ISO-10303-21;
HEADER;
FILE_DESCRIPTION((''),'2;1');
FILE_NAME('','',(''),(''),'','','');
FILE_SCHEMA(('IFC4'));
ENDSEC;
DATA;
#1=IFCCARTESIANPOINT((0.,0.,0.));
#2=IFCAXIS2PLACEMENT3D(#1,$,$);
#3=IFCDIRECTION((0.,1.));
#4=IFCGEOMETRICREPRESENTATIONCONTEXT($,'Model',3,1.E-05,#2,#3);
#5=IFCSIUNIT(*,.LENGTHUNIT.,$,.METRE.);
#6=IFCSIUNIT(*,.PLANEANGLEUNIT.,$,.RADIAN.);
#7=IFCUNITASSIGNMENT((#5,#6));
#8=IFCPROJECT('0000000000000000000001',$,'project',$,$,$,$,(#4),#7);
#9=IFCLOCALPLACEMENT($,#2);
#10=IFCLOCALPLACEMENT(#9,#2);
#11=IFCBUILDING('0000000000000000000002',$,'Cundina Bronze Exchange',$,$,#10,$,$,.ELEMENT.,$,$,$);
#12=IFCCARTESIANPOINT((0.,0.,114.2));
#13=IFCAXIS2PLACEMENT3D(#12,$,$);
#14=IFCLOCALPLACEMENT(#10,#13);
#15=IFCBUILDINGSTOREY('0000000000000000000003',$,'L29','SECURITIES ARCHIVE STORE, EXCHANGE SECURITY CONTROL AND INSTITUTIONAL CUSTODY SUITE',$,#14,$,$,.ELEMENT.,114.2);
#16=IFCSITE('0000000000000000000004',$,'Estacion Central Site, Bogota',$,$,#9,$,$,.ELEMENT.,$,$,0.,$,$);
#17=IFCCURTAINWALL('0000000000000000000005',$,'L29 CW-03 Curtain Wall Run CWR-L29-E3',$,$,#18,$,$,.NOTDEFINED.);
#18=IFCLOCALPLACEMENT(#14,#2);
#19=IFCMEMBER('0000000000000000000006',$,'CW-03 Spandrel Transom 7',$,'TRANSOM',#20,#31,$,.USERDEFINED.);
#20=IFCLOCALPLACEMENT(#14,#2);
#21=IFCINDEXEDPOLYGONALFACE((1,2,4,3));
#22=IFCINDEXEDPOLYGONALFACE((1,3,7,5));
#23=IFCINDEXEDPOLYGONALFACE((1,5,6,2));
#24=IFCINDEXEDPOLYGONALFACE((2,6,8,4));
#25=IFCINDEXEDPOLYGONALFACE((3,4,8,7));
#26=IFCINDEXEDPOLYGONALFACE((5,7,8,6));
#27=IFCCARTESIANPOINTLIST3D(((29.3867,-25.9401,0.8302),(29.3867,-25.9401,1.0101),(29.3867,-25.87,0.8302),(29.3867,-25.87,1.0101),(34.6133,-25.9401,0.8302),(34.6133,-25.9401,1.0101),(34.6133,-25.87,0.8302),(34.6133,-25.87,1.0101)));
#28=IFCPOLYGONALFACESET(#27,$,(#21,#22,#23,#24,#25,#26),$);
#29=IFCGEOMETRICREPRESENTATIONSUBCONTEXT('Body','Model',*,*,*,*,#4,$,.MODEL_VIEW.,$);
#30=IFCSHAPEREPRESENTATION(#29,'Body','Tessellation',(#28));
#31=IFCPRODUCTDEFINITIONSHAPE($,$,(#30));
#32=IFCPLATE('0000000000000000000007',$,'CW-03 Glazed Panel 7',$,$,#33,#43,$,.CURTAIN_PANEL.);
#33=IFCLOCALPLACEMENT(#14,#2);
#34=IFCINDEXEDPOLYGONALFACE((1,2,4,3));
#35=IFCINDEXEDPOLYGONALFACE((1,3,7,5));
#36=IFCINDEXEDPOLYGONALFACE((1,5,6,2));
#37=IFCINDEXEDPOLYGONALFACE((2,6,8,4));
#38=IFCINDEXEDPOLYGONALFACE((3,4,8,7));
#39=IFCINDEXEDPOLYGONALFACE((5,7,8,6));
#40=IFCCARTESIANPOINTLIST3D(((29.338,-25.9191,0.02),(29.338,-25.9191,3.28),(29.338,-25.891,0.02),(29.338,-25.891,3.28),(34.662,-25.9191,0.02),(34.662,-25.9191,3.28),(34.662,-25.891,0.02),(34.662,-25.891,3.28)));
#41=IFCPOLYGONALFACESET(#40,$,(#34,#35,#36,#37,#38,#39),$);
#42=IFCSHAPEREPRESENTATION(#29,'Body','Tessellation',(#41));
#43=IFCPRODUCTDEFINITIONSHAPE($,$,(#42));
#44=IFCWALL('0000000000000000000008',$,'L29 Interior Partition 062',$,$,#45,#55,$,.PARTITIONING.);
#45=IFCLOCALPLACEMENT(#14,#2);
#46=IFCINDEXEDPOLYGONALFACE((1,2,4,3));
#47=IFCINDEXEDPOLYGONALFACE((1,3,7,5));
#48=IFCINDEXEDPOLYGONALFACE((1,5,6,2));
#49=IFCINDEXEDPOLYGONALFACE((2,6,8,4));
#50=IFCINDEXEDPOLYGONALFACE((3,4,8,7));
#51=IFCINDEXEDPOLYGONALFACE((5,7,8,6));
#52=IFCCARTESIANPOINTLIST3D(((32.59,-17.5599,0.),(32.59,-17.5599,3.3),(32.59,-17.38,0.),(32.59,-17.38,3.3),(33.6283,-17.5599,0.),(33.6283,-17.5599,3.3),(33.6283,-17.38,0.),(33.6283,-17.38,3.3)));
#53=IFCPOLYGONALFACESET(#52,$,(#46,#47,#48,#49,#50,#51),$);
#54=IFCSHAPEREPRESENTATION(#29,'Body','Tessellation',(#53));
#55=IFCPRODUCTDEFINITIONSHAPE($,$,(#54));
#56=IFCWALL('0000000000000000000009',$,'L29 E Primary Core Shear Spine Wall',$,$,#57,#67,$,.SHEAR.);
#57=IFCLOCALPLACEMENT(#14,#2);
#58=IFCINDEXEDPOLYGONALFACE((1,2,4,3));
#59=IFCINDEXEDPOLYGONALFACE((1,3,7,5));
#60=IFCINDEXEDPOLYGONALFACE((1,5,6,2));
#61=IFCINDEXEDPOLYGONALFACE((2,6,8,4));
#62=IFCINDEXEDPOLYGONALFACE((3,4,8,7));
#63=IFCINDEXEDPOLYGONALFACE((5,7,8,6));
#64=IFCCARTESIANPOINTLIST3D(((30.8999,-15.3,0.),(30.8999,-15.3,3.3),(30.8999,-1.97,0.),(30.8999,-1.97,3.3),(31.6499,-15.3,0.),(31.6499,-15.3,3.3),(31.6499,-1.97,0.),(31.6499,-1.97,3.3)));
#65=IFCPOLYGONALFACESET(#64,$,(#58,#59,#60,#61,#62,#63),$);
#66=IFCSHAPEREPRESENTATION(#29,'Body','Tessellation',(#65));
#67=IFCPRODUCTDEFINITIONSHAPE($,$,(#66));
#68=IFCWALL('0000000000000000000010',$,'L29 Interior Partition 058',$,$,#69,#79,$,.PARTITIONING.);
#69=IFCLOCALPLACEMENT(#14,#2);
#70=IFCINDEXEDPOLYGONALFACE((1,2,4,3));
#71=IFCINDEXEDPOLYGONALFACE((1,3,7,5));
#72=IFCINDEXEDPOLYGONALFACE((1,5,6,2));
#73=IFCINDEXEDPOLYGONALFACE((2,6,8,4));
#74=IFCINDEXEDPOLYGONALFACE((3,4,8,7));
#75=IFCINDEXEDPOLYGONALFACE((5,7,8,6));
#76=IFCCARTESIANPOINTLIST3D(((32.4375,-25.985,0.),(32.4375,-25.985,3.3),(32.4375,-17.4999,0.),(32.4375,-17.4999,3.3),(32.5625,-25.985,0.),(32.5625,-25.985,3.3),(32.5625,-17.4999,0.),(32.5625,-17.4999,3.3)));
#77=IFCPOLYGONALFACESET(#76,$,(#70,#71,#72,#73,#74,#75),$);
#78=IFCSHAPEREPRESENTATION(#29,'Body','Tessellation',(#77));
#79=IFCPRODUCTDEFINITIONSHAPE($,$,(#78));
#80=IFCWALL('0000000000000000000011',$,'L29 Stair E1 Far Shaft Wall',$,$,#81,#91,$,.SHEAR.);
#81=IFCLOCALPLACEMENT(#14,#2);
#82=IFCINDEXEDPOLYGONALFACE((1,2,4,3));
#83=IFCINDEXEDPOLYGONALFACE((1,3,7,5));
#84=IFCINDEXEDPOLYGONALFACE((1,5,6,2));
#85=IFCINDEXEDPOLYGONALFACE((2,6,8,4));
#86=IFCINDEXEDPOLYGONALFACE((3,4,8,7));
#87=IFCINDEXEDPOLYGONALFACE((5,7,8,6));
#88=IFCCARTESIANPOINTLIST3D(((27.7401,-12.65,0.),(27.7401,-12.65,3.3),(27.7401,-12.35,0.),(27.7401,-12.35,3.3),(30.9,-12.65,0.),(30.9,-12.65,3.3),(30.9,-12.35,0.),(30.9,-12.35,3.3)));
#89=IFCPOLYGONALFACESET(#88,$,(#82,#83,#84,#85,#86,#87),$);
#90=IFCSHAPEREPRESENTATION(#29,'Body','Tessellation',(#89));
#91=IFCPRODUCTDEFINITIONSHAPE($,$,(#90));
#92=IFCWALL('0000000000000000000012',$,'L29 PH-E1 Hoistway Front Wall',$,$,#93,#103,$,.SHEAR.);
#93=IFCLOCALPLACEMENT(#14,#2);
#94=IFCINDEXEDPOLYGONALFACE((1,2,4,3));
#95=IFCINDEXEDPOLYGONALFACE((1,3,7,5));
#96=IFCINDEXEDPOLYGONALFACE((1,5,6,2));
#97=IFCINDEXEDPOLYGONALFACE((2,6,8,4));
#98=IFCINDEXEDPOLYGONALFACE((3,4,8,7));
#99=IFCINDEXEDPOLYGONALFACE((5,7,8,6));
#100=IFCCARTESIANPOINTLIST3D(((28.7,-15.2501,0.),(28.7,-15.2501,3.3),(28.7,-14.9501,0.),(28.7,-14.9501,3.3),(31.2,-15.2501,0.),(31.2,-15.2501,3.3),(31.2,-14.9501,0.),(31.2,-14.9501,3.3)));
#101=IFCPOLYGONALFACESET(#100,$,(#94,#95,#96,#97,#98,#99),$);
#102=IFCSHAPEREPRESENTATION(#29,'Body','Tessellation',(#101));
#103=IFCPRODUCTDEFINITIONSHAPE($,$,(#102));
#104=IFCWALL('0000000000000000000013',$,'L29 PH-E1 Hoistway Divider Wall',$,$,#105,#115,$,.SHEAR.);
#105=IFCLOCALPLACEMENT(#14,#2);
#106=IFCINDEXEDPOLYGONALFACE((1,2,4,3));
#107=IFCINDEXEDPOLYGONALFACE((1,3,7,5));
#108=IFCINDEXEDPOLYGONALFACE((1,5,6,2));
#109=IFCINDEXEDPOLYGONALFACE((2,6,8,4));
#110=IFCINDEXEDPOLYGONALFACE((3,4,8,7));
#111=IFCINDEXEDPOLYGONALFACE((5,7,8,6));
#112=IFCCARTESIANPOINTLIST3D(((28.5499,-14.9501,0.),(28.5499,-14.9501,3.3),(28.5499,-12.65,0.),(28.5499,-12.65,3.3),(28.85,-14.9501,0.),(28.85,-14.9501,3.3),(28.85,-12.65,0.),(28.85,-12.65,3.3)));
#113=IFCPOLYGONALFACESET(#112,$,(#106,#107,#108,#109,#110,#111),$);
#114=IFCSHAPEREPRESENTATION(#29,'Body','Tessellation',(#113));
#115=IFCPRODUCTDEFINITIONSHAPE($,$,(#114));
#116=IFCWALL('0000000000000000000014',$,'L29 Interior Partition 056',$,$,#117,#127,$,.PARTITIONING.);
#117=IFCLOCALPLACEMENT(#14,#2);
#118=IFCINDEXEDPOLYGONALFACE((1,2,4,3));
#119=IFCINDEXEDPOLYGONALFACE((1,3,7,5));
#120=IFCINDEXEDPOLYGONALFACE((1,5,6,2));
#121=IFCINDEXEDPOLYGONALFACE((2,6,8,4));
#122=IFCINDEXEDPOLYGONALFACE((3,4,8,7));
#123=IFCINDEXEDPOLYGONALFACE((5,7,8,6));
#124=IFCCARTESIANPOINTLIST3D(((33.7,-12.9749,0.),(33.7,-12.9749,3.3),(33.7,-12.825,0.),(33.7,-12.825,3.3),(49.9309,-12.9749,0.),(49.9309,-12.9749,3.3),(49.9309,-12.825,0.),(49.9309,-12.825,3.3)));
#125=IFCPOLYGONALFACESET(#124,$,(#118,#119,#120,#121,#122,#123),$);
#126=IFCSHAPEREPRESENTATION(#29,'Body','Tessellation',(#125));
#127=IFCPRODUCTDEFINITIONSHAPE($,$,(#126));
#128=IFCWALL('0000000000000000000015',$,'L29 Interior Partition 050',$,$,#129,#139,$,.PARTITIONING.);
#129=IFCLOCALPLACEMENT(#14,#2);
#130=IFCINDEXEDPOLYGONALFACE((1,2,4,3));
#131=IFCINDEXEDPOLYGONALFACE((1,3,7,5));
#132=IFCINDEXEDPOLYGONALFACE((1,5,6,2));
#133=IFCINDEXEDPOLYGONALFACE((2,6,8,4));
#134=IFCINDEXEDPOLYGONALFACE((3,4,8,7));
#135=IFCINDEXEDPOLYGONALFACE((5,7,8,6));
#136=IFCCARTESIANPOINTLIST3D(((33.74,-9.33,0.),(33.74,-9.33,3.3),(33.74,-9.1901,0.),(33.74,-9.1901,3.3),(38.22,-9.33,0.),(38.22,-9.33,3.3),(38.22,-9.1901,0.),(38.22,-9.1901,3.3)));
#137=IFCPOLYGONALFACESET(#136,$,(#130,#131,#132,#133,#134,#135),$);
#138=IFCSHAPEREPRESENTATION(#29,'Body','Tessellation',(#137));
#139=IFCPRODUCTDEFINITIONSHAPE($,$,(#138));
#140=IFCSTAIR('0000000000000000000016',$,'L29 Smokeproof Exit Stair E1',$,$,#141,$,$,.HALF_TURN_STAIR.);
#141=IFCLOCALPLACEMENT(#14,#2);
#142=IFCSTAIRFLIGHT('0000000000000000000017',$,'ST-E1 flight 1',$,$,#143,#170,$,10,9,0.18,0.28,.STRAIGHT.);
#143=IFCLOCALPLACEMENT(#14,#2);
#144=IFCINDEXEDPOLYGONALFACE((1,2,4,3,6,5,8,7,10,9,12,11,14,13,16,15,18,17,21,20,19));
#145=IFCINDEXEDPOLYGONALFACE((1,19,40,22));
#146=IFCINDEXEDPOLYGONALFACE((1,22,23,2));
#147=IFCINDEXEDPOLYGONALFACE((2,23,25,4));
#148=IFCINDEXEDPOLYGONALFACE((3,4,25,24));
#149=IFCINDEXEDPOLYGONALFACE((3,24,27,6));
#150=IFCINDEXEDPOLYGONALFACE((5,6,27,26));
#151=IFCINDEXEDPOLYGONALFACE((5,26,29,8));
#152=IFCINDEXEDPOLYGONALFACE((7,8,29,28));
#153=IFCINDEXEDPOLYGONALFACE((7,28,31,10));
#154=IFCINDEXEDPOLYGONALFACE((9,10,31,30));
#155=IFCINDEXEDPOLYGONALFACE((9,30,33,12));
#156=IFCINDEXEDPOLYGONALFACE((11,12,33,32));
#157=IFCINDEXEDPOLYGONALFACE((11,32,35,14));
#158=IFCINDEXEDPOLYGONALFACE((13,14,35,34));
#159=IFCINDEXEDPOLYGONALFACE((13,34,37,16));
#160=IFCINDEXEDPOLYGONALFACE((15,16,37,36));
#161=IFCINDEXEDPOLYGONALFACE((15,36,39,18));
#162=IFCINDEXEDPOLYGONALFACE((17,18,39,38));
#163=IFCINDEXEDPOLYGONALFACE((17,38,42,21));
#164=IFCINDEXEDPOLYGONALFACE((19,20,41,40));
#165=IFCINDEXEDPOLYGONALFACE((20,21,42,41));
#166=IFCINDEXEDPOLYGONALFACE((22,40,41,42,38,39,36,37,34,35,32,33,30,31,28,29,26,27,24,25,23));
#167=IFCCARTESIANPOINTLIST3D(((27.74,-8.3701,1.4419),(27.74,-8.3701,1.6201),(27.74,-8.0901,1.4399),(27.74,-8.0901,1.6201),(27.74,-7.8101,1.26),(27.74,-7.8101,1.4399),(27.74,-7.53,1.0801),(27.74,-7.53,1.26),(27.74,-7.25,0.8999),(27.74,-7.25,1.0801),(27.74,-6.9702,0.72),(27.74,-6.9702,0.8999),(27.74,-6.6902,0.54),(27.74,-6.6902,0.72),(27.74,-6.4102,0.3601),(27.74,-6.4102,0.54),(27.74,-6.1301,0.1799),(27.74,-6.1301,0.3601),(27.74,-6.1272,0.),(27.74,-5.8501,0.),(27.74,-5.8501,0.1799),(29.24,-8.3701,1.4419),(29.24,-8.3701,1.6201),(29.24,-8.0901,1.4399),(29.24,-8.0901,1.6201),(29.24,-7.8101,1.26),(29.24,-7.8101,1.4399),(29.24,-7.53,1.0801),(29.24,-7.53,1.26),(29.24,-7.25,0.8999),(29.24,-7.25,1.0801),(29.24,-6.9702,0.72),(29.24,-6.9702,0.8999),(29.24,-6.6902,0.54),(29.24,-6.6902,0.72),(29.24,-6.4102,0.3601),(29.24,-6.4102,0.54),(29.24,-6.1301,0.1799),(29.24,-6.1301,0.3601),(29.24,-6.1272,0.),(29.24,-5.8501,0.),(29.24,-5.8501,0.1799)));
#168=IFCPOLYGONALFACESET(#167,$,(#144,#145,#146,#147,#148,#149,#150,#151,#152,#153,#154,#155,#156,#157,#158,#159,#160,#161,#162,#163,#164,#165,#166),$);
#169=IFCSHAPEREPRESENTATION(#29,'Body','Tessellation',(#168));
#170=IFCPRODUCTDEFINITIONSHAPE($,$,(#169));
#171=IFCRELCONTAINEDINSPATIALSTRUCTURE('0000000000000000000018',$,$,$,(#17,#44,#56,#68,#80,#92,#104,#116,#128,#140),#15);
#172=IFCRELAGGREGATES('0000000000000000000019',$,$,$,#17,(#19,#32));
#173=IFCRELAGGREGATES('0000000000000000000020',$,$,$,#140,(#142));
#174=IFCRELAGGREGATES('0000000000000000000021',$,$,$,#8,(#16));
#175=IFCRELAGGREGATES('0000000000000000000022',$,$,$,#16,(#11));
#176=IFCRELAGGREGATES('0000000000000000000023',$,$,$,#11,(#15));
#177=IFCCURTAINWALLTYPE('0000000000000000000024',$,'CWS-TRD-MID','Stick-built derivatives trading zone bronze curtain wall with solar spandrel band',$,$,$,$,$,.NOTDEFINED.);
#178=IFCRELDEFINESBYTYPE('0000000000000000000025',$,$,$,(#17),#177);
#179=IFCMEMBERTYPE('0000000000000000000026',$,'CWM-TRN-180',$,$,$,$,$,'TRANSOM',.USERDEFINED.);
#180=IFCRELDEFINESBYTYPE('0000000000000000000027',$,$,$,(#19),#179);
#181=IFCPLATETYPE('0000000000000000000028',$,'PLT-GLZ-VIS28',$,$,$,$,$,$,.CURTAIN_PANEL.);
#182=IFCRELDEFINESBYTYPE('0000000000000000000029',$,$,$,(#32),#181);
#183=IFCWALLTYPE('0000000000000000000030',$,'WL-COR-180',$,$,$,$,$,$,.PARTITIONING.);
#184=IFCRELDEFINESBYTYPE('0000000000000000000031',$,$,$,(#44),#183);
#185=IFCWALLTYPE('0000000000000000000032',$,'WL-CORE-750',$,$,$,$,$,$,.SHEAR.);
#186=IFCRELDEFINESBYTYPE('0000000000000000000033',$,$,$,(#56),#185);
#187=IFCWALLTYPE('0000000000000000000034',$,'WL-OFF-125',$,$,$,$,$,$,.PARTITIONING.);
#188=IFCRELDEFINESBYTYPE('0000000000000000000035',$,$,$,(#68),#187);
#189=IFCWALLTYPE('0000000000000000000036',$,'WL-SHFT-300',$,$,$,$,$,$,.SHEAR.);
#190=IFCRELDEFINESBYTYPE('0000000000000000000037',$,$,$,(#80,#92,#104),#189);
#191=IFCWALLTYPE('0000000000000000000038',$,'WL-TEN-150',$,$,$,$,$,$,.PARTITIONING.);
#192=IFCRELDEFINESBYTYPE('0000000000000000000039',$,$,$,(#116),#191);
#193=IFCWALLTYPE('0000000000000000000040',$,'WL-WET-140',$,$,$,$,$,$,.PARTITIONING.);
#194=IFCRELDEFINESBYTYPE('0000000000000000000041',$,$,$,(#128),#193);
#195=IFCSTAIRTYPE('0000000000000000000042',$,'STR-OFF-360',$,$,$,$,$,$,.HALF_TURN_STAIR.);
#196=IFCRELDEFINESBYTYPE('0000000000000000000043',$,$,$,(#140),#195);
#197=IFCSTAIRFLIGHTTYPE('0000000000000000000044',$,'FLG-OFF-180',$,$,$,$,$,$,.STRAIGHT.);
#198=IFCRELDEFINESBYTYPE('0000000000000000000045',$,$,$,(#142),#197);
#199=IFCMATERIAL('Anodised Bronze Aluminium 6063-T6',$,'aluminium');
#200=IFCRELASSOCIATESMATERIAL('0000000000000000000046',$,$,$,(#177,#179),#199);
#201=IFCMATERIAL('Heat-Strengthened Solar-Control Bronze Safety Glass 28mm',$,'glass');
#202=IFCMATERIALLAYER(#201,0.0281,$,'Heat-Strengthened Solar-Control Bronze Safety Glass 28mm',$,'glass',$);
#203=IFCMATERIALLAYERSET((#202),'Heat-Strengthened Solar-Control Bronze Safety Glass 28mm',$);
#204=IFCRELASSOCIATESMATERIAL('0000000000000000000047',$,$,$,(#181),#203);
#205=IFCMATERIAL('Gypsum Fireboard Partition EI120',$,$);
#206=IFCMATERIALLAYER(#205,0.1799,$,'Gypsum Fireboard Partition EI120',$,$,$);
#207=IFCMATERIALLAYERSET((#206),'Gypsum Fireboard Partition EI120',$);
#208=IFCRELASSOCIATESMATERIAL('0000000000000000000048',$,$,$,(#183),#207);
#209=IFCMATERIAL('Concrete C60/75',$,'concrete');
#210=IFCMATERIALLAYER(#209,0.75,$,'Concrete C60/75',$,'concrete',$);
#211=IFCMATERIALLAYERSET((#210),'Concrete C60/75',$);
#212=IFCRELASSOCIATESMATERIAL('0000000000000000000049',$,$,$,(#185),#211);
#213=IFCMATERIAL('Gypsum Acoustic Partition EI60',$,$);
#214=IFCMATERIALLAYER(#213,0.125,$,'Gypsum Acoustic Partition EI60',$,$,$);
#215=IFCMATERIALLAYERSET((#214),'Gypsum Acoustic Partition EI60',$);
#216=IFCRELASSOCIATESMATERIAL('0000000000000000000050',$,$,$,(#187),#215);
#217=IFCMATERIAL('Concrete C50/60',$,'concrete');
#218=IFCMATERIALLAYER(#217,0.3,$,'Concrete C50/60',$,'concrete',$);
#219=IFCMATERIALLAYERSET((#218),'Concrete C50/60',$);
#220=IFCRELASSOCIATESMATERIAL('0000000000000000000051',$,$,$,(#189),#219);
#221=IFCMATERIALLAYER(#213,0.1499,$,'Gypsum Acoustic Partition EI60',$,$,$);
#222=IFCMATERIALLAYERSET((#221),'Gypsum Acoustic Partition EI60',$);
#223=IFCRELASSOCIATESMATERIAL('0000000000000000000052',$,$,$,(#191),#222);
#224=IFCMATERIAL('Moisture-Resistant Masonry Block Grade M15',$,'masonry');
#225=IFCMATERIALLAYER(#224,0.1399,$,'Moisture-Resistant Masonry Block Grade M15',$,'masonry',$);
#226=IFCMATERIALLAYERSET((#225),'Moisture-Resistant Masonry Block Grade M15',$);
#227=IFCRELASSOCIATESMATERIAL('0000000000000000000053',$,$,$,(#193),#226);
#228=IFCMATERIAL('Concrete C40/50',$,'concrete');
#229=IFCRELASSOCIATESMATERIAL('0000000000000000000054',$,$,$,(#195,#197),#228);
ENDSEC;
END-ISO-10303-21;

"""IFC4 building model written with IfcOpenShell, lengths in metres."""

from ifc_helpers import new_model, si_unit, direction, frame, frame_2d, origin, origin_2d, place, context, subcontext, project, spatial, polyline, rectangle, outline, extrude, material, layer, layer_set, material_profile, profile_set, type_object, element, aggregate, save


model = new_model("IFC4")

# Units and contexts
model_context = context("Model", 3, precision=1e-05, world=origin(), true_north=direction((0.0, 1.0)))
body_context = subcontext(model_context, "Body", "Model", "MODEL_VIEW")
ifc_project = project(units=[si_unit("LENGTHUNIT", "METRE"), si_unit("PLANEANGLEUNIT", "RADIAN")], contexts=[model_context])

# Site, building, storey
site_placement = place(None, origin())
site = spatial("IfcSite", under=ifc_project, at=site_placement, Name="Estacion Central Site, Bogota", CompositionType="ELEMENT", RefElevation=0.0)
building_placement = place(site_placement, origin())
building = spatial("IfcBuilding", under=site, at=building_placement, Name="Cundina Bronze Exchange", CompositionType="ELEMENT")
storey_placement = place(building_placement, frame((0.0, 0.0, 114.2)))
storey = spatial("IfcBuildingStorey", under=building, at=storey_placement, Name="L29", Description="SECURITIES ARCHIVE STORE, EXCHANGE SECURITY CONTROL AND INSTITUTIONAL CUSTODY SUITE", CompositionType="ELEMENT", Elevation=114.2)

# Shared definitions
ifc_material_1 = material(Name="Concrete C60/75", Category="concrete")

# Curtain wall
ifc_material_2 = material(Name="Anodised Bronze Aluminium 6063-T6", Category="aluminium")
curtain_wall_type = type_object("IfcCurtainWallType", Name="CWS-TRD-MID", Description="Stick-built derivatives trading zone bronze curtain wall with solar spandrel band", PredefinedType="NOTDEFINED", material=ifc_material_2)
curtain_wall_1_placement = place(storey_placement, origin())
curtain_wall_1 = element("IfcCurtainWall", 1, at=curtain_wall_1_placement, inside=storey, type_object=curtain_wall_type, Name="L29 CW-03 Curtain Wall Run CWR-L29-E3", PredefinedType="NOTDEFINED")

# Member
ifc_material_profile_1 = material_profile(ifc_material_2, rectangle(XDim=0.0701, YDim=0.1799, at=origin_2d()), Name="AL70X180", Category="aluminium")
ifc_profile_set_1 = profile_set([ifc_material_profile_1], Name="Anodised Bronze Aluminium 6063-T6")
member_type_1 = type_object("IfcMemberType", Name="CWM-TRN-180", ElementType="TRANSOM", PredefinedType="USERDEFINED", material=ifc_profile_set_1)
member_1_placement = place(storey_placement, frame((29.3867, -25.905, 0.9202), z_axis=(1.0, 0.0, 0.0), x_axis=(0.0, 1.0, 0.0)))
member_1 = element("IfcMember", 2, at=member_1_placement, type_object=member_type_1, Name="CW-03 Spandrel Transom 7", ObjectType="TRANSOM", PredefinedType="USERDEFINED", context=body_context, shape_type="SweptSolid", body=[
    extrude(rectangle(XDim=0.0701, YDim=0.1799, at=origin_2d()), origin(), (0.0, 0.0, 1.0), 5.2266),
])

# Plate
ifc_material_3 = material(Name="Heat-Strengthened Solar-Control Bronze Safety Glass 28mm", Category="glass")
ifc_layer_1 = layer(ifc_material_3, 0.0281, Name="Heat-Strengthened Solar-Control Bronze Safety Glass 28mm", Category="glass")
ifc_layer_set_1 = layer_set([ifc_layer_1], Name="Heat-Strengthened Solar-Control Bronze Safety Glass 28mm")
plate_type = type_object("IfcPlateType", Name="PLT-GLZ-VIS28", PredefinedType="CURTAIN_PANEL", material=ifc_layer_set_1)
plate_placement = place(storey_placement, frame((32.0, -25.905, 0.02), z_axis=(0.0, 0.0, 1.0), x_axis=(1.0, 0.0, 0.0)))
plate = element("IfcPlate", 3, at=plate_placement, type_object=plate_type, Name="CW-03 Glazed Panel 7", PredefinedType="CURTAIN_PANEL", context=body_context, shape_type="SweptSolid", body=[
    extrude(rectangle(XDim=5.324, YDim=0.0281, at=origin_2d()), origin(), (0.0, 0.0, 1.0), 3.26),
])
aggregate(curtain_wall_1, [member_1, plate])

# Shared definitions
ifc_material_4 = material(Name="Gypsum Fireboard Partition EI120")
ifc_layer_2 = layer(ifc_material_4, 0.1799, Name="Gypsum Fireboard Partition EI120")
ifc_layer_set_2 = layer_set([ifc_layer_2], Name="Gypsum Fireboard Partition EI120")
wall_type_1 = type_object("IfcWallType", Name="WL-COR-180", PredefinedType="PARTITIONING", material=ifc_layer_set_2)

# Wall
wall_1_placement = place(storey_placement, frame((32.5901, -17.47, 0.0), z_axis=(0.0, 0.0, 1.0), x_axis=(1.0, 0.0, 0.0)))
element("IfcWall", 4, at=wall_1_placement, inside=storey, type_object=wall_type_1, Name="L29 Interior Partition 062", PredefinedType="PARTITIONING", context=body_context, shape_type="SweptSolid", body=[
    extrude(rectangle(XDim=1.0383, YDim=0.1799, at=frame_2d((0.519, 0.0))), origin(), (0.0, 0.0, 1.0), 3.3),
])

# Walls
ifc_layer_3 = layer(ifc_material_1, 0.75, Name="Concrete C60/75", Category="concrete")
ifc_layer_set_3 = layer_set([ifc_layer_3], Name="Concrete C60/75")
wall_type_2 = type_object("IfcWallType", Name="WL-CORE-750", PredefinedType="SHEAR", material=ifc_layer_set_3)
wall_2_placement = place(storey_placement, frame((31.2749, -15.3, 0.0), z_axis=(0.0, 0.0, 1.0), x_axis=(0.0, 1.0, 0.0)))
element("IfcWall", 5, at=wall_2_placement, inside=storey, type_object=wall_type_2, Name="L29 E Primary Core Shear Spine Wall", PredefinedType="SHEAR", context=body_context, shape_type="SweptSolid", body=[
    extrude(rectangle(XDim=13.3301, YDim=0.75, at=frame_2d((6.665, 0.0))), origin(), (0.0, 0.0, 1.0), 3.3),
])
ifc_material_5 = material(Name="Gypsum Acoustic Partition EI60")
ifc_layer_4 = layer(ifc_material_5, 0.125, Name="Gypsum Acoustic Partition EI60")
ifc_layer_set_4 = layer_set([ifc_layer_4], Name="Gypsum Acoustic Partition EI60")
wall_type_3 = type_object("IfcWallType", Name="WL-OFF-125", PredefinedType="PARTITIONING", material=ifc_layer_set_4)
wall_3_placement = place(storey_placement, frame((32.5, -25.9851, 0.0), z_axis=(0.0, 0.0, 1.0), x_axis=(0.0, 1.0, 0.0)))
element("IfcWall", 6, at=wall_3_placement, inside=storey, type_object=wall_type_3, Name="L29 Interior Partition 058", PredefinedType="PARTITIONING", context=body_context, shape_type="SweptSolid", body=[
    extrude(rectangle(XDim=8.4851, YDim=0.125, at=frame_2d((4.2427, 0.0))), origin(), (0.0, 0.0, 1.0), 3.3),
])
ifc_material_6 = material(Name="Concrete C50/60", Category="concrete")
ifc_layer_5 = layer(ifc_material_6, 0.3, Name="Concrete C50/60", Category="concrete")
ifc_layer_set_5 = layer_set([ifc_layer_5], Name="Concrete C50/60")
wall_type_4 = type_object("IfcWallType", Name="WL-SHFT-300", PredefinedType="SHEAR", material=ifc_layer_set_5)
wall_4_placement = place(storey_placement, frame((27.74, -12.5, 0.0), z_axis=(0.0, 0.0, 1.0), x_axis=(1.0, 0.0, 0.0)))
element("IfcWall", 7, at=wall_4_placement, inside=storey, type_object=wall_type_4, Name="L29 Stair E1 Far Shaft Wall", PredefinedType="SHEAR", context=body_context, shape_type="SweptSolid", body=[
    extrude(rectangle(XDim=3.1599, YDim=0.3, at=frame_2d((1.5801, 0.0))), origin(), (0.0, 0.0, 1.0), 3.3),
])
wall_5_placement = place(storey_placement, frame((28.7, -15.1001, 0.0), z_axis=(0.0, 0.0, 1.0), x_axis=(1.0, 0.0, 0.0)))
element("IfcWall", 8, at=wall_5_placement, inside=storey, type_object=wall_type_4, Name="L29 PH-E1 Hoistway Front Wall", PredefinedType="SHEAR", context=body_context, shape_type="SweptSolid", body=[
    extrude(rectangle(XDim=2.5, YDim=0.3, at=frame_2d((1.25, 0.0))), origin(), (0.0, 0.0, 1.0), 3.3),
])
wall_6_placement = place(storey_placement, frame((28.7, -14.95, 0.0), z_axis=(0.0, 0.0, 1.0), x_axis=(0.0, 1.0, 0.0)))
element("IfcWall", 9, at=wall_6_placement, inside=storey, type_object=wall_type_4, Name="L29 PH-E1 Hoistway Divider Wall", PredefinedType="SHEAR", context=body_context, shape_type="SweptSolid", body=[
    extrude(rectangle(XDim=2.3, YDim=0.3, at=frame_2d((1.1499, 0.0))), origin(), (0.0, 0.0, 1.0), 3.3),
])
ifc_layer_6 = layer(ifc_material_5, 0.1499, Name="Gypsum Acoustic Partition EI60")
ifc_layer_set_6 = layer_set([ifc_layer_6], Name="Gypsum Acoustic Partition EI60")
wall_type_5 = type_object("IfcWallType", Name="WL-TEN-150", PredefinedType="PARTITIONING", material=ifc_layer_set_6)
wall_7_placement = place(storey_placement, frame((33.7, -12.8999, 0.0), z_axis=(0.0, 0.0, 1.0), x_axis=(1.0, 0.0, 0.0)))
element("IfcWall", 10, at=wall_7_placement, inside=storey, type_object=wall_type_5, Name="L29 Interior Partition 056", PredefinedType="PARTITIONING", context=body_context, shape_type="SweptSolid", body=[
    extrude(rectangle(XDim=16.231, YDim=0.1499, at=frame_2d((8.1155, 0.0))), origin(), (0.0, 0.0, 1.0), 3.3),
])
ifc_material_7 = material(Name="Moisture-Resistant Masonry Block Grade M15", Category="masonry")
ifc_layer_7 = layer(ifc_material_7, 0.1399, Name="Moisture-Resistant Masonry Block Grade M15", Category="masonry")
ifc_layer_set_7 = layer_set([ifc_layer_7], Name="Moisture-Resistant Masonry Block Grade M15")
wall_type_6 = type_object("IfcWallType", Name="WL-WET-140", PredefinedType="PARTITIONING", material=ifc_layer_set_7)
wall_8_placement = place(storey_placement, frame((33.74, -9.26, 0.0), z_axis=(0.0, 0.0, 1.0), x_axis=(1.0, 0.0, 0.0)))
element("IfcWall", 11, at=wall_8_placement, inside=storey, type_object=wall_type_6, Name="L29 Interior Partition 050", PredefinedType="PARTITIONING", context=body_context, shape_type="SweptSolid", body=[
    extrude(rectangle(XDim=4.48, YDim=0.1399, at=frame_2d((2.24, 0.0))), origin(), (0.0, 0.0, 1.0), 3.3),
])

# Stair, stair flight
ifc_material_8 = material(Name="Concrete C40/50", Category="concrete")
stair_type = type_object("IfcStairType", Name="STR-OFF-360", PredefinedType="HALF_TURN_STAIR", material=ifc_material_8)
stair_placement = place(storey_placement, origin())
stair = element("IfcStair", 12, at=stair_placement, inside=storey, type_object=stair_type, Name="L29 Smokeproof Exit Stair E1", PredefinedType="HALF_TURN_STAIR")
stair_flight_type = type_object("IfcStairFlightType", Name="FLG-OFF-180", PredefinedType="STRAIGHT", material=ifc_material_8)
stair_flight_1_placement = place(storey_placement, frame((28.49, -5.8501, 0.0), z_axis=(0.0, 0.0, 1.0), x_axis=(0.0, -1.0, 0.0)))
stair_flight_1 = element("IfcStairFlight", 13, at=stair_flight_1_placement, type_object=stair_flight_type, Name="ST-E1 flight 1", NumberOfRisers=10, NumberOfTreads=9, PredefinedType="STRAIGHT", RiserHeight=0.18, TreadLength=0.28, context=body_context, shape_type="SweptSolid", body=[
    extrude(outline(polyline([(0.0, 0.0), (0.0, 0.1799), (0.28, 0.1799), (0.28, 0.3601), (0.5601, 0.3601), (0.5601, 0.54), (0.8401, 0.54), (0.8401, 0.72), (1.1201, 0.72), (1.1201, 0.8999), (1.3999, 0.8999), (1.3999, 1.0801), (1.6799, 1.0801), (1.6799, 1.26), (1.96, 1.26), (1.96, 1.4399), (2.24, 1.4399), (2.24, 1.6201), (2.52, 1.6201), (2.52, 1.8), (2.52, 1.4419), (0.2771, 0.0), (0.0, 0.0)])), frame((0.0, 0.75, 0.0), z_axis=(0.0, -1.0, 0.0), x_axis=(1.0, 0.0, 0.0)), (0.0, 0.0, 1.0), 1.5),
])
aggregate(stair, [stair_flight_1])

save(model, "model.ifc")
